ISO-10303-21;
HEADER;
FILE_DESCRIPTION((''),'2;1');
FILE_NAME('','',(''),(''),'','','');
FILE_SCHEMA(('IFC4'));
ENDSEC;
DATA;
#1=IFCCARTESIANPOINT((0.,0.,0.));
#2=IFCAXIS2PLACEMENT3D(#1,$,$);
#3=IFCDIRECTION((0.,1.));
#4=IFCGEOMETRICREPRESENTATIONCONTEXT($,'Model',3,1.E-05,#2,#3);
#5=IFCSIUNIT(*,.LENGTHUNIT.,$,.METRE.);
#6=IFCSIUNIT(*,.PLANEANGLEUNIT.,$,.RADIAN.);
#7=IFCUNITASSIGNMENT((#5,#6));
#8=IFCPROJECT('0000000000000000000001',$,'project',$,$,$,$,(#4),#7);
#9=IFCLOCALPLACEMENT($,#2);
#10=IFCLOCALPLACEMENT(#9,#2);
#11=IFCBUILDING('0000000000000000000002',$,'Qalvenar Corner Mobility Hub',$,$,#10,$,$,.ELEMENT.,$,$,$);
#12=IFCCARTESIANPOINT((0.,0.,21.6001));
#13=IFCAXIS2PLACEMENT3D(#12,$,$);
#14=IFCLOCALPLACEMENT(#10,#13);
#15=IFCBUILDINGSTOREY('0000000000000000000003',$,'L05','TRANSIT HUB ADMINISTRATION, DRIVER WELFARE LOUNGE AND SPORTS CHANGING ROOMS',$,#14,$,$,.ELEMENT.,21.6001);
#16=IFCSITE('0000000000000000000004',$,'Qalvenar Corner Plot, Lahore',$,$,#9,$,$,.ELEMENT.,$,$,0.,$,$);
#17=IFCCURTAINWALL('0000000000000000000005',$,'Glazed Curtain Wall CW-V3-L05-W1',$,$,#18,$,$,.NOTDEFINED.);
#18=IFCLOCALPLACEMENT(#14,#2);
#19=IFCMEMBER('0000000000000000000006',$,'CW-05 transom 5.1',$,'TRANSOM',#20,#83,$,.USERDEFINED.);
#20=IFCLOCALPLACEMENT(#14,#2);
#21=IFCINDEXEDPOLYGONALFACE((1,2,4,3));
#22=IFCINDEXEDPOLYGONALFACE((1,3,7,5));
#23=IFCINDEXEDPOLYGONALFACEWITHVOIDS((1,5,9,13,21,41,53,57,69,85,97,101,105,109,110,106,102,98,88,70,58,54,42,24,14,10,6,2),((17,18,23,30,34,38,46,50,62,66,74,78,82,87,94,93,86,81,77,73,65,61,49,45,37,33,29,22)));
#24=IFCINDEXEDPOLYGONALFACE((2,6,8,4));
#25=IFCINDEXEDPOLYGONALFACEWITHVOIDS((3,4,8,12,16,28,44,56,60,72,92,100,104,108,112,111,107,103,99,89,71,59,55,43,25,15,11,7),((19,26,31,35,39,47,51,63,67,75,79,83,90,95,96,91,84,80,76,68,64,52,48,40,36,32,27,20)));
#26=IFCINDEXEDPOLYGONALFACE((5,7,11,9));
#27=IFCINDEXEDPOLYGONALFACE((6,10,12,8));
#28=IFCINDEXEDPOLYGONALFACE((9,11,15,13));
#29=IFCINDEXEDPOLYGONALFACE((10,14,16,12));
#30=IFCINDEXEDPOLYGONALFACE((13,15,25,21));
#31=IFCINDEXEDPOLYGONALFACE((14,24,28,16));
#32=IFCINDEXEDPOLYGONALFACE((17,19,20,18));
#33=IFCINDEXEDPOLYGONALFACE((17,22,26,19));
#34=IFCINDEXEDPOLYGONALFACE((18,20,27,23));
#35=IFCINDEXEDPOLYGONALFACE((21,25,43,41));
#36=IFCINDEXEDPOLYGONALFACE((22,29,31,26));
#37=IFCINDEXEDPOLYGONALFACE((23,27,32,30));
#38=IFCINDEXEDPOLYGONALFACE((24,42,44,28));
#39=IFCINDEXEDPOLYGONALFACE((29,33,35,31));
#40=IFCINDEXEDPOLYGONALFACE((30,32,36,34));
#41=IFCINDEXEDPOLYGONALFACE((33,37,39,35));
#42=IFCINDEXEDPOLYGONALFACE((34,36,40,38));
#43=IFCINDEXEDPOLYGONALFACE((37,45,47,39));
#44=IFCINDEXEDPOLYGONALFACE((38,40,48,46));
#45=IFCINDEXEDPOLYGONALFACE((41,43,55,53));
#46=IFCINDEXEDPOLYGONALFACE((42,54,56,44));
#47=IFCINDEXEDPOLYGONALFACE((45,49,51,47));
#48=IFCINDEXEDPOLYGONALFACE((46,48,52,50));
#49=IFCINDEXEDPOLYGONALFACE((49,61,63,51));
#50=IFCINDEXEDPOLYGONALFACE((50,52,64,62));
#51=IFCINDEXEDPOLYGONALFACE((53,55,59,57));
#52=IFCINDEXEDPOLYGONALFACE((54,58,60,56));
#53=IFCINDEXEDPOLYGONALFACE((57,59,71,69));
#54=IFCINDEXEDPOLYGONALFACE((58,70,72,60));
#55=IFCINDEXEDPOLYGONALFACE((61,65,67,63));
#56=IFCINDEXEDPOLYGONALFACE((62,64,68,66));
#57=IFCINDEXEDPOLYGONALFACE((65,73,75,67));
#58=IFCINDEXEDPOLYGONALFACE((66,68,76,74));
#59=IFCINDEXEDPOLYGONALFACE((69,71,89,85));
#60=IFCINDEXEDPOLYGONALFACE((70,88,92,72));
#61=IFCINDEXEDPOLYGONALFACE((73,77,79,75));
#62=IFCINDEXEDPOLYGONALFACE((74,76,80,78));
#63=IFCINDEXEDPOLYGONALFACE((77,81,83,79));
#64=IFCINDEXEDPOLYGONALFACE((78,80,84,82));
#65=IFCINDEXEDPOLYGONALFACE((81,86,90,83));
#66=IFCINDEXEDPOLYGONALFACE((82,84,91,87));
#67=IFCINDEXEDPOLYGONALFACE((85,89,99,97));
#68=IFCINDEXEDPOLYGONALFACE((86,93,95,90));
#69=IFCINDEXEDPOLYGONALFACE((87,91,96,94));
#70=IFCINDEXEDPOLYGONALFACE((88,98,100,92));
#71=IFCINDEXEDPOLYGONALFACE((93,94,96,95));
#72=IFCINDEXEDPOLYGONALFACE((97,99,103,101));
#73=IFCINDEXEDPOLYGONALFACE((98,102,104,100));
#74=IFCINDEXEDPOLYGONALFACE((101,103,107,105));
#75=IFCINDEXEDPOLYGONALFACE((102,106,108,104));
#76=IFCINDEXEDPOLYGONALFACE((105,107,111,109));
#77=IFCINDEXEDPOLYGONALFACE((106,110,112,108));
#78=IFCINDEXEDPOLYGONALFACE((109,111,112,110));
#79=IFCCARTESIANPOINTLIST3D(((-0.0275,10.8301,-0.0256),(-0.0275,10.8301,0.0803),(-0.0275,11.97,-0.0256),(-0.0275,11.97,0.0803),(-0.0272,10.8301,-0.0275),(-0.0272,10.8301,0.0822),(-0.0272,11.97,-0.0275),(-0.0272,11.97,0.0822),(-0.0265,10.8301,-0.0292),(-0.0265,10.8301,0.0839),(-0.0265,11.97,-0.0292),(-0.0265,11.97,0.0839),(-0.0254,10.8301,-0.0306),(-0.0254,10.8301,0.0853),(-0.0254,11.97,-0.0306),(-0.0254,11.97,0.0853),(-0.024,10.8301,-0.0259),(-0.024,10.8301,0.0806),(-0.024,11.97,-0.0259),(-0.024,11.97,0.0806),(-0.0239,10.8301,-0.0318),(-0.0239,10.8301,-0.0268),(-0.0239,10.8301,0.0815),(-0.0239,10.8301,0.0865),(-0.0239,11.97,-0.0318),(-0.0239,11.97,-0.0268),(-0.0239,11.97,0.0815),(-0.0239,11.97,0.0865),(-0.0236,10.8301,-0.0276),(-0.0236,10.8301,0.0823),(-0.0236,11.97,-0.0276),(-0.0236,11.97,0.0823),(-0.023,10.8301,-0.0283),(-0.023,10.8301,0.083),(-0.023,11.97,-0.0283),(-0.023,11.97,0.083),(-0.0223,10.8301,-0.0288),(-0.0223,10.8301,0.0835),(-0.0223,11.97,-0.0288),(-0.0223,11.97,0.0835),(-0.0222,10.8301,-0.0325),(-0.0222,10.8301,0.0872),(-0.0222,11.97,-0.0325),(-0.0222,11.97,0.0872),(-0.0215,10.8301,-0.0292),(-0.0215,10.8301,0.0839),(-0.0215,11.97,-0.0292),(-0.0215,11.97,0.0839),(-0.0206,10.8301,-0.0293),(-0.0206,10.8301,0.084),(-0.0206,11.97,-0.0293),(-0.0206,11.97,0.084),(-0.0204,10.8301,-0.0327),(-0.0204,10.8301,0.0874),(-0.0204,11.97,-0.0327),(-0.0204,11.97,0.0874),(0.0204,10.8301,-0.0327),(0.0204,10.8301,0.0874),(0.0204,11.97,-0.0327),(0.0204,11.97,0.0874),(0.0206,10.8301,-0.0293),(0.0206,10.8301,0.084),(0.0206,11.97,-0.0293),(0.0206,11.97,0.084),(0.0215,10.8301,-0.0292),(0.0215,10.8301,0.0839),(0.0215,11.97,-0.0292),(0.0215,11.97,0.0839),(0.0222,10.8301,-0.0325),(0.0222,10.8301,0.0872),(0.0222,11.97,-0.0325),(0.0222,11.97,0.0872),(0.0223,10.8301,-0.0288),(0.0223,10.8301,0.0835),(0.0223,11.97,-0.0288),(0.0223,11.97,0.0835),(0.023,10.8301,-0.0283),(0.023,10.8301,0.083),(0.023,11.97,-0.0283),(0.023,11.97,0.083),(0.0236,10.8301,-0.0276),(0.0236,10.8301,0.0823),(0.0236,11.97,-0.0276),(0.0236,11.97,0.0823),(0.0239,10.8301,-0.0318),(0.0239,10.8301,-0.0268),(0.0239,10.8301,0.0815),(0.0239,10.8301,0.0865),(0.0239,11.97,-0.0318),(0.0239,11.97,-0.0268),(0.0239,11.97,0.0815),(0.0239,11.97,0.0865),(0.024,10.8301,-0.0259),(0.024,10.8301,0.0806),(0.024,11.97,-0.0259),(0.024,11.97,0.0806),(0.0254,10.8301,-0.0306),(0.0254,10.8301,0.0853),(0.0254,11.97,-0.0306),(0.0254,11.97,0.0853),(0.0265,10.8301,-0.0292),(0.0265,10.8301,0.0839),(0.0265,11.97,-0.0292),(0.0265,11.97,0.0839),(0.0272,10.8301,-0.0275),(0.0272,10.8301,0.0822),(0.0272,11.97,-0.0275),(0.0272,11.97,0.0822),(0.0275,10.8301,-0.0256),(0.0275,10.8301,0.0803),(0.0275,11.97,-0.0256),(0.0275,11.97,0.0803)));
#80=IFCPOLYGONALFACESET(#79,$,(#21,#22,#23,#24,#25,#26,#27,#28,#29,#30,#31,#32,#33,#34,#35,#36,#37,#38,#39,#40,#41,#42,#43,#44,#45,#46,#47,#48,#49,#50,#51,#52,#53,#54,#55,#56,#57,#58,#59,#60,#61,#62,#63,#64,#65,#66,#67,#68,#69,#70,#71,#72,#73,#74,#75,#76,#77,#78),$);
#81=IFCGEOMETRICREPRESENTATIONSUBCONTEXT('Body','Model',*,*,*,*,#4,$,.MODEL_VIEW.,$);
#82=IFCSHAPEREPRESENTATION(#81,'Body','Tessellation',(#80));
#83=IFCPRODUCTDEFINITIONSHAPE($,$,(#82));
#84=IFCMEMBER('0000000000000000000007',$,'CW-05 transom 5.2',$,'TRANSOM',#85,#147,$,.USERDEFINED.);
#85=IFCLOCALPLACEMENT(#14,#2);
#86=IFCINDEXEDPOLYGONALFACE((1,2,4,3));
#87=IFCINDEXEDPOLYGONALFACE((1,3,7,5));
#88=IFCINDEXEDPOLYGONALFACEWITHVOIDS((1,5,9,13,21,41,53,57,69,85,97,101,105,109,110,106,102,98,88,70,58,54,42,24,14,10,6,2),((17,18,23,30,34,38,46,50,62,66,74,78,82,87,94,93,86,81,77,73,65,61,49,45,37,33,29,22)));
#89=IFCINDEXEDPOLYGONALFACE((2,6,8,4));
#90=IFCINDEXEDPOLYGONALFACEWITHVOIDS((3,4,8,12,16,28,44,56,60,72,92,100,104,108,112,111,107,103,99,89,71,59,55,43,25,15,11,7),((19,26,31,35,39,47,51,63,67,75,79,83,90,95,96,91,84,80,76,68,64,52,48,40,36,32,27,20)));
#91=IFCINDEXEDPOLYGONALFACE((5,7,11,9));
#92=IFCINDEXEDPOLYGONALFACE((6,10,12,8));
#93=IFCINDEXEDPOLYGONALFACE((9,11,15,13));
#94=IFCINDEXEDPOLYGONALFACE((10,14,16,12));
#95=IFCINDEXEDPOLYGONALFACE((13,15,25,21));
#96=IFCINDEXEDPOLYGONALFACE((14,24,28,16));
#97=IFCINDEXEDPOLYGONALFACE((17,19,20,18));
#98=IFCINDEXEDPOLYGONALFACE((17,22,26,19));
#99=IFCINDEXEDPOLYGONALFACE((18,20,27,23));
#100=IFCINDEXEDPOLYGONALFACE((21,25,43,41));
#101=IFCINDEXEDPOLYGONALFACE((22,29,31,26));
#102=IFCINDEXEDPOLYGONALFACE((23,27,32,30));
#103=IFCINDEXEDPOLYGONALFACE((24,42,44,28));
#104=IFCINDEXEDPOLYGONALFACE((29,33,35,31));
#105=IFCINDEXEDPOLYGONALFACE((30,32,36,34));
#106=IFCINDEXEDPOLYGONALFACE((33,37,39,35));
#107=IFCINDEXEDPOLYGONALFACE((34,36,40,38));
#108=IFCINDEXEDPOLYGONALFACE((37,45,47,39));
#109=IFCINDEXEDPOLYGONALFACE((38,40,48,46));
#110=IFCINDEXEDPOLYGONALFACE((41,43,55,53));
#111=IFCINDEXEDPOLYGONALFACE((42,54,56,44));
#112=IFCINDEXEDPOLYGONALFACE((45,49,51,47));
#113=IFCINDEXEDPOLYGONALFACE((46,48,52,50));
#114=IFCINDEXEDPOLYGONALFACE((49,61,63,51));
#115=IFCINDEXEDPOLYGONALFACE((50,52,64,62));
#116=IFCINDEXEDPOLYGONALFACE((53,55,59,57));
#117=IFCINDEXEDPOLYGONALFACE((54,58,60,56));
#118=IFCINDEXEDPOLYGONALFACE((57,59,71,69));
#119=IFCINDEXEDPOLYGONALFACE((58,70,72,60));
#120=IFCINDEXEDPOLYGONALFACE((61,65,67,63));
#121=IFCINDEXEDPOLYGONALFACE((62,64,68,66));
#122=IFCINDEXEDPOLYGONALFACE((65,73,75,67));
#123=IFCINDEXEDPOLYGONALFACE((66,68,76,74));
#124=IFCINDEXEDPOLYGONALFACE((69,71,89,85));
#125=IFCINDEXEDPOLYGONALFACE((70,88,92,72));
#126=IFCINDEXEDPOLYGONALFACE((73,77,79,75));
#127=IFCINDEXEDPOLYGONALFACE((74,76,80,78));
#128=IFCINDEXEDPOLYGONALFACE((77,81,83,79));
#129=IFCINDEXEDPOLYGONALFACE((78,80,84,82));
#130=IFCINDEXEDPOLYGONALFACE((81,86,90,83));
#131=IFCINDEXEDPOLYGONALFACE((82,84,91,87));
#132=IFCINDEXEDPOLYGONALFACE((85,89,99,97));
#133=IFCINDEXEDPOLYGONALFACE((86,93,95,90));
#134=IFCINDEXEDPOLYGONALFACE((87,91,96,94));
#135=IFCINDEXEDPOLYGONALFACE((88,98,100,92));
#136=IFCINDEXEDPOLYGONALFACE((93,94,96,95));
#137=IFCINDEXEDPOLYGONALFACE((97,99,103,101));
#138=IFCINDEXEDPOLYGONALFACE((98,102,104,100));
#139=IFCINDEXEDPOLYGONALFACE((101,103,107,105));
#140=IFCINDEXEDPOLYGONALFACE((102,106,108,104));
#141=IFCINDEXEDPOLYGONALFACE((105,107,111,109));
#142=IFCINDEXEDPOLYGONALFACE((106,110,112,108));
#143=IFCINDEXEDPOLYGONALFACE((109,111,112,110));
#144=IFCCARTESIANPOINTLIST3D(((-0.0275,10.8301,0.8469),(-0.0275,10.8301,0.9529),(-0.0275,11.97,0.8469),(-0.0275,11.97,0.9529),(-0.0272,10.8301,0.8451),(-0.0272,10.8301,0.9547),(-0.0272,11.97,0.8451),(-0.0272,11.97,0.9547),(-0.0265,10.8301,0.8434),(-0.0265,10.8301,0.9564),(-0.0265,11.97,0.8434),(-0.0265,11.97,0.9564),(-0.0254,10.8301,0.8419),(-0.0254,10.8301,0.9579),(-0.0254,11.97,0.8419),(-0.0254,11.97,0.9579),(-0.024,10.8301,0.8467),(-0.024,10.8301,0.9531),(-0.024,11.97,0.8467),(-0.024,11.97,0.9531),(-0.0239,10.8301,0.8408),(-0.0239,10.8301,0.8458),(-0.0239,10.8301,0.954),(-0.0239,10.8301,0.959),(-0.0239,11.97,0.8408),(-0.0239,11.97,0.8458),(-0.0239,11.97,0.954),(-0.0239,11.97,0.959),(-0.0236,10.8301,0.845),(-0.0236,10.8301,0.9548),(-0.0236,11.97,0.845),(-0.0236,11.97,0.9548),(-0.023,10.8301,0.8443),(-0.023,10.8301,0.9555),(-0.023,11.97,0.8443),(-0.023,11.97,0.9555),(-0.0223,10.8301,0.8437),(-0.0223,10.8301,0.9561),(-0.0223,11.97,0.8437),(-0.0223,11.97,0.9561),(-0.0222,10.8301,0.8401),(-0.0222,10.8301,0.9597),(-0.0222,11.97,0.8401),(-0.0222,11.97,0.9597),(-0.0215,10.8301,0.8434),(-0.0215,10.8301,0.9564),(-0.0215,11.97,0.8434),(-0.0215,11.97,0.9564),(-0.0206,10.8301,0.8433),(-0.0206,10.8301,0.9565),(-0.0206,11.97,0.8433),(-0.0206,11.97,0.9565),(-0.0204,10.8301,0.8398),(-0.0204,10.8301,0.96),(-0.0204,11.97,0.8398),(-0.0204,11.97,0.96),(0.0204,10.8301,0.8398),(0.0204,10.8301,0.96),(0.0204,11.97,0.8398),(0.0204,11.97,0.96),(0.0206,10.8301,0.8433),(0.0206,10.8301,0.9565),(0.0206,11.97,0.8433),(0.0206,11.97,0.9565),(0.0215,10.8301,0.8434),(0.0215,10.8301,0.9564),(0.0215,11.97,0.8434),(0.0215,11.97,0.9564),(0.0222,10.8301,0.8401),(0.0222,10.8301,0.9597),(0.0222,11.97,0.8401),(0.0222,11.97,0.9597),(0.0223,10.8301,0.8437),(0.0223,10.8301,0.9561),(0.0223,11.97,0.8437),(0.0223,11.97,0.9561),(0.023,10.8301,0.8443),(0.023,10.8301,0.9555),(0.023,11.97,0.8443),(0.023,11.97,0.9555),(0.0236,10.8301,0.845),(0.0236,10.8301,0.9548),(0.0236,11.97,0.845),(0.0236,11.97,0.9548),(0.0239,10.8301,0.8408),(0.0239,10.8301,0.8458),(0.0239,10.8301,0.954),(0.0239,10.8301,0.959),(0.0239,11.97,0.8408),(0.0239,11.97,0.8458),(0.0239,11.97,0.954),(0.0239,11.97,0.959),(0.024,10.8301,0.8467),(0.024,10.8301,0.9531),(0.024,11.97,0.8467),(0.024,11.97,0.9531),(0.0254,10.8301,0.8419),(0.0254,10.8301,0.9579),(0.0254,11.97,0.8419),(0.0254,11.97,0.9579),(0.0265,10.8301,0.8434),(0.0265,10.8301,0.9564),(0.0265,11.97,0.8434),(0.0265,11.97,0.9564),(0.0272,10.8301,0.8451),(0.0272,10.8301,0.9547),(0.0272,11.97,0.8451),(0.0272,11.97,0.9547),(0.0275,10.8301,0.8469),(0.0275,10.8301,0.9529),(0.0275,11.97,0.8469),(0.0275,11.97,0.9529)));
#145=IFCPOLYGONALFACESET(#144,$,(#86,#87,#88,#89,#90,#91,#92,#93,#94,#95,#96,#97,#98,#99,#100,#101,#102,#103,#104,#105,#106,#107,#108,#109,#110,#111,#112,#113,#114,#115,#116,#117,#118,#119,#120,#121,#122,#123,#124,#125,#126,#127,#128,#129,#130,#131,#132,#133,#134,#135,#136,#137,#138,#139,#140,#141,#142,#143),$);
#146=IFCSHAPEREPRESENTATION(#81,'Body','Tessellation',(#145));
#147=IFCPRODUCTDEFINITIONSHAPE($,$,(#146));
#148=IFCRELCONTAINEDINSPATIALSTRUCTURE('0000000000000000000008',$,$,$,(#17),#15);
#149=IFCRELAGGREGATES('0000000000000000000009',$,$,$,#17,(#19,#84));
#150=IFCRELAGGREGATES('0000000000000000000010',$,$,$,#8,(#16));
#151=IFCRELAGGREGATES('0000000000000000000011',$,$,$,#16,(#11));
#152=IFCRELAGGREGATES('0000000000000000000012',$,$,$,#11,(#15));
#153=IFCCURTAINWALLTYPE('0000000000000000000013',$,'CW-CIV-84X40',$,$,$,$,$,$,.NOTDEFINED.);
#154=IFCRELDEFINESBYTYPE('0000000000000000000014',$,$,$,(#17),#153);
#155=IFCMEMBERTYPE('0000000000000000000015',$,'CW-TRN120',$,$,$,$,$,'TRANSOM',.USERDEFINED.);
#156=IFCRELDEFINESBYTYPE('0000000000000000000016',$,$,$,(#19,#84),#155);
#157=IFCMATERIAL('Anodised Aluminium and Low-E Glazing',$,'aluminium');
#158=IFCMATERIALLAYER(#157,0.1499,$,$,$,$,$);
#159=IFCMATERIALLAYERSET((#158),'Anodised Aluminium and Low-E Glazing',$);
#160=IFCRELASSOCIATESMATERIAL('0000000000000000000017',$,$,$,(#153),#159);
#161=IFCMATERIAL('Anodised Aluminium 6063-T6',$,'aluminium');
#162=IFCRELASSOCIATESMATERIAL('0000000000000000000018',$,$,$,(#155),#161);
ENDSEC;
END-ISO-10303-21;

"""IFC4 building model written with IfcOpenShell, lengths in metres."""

from ifc_helpers import new_model, si_unit, direction, frame, origin, origin_2d, place, context, subcontext, project, spatial, hollow_rectangle, extrude, material, layer, layer_set, material_profile, profile_set, type_object, element, aggregate, save


model = new_model("IFC4")

# Units and contexts
model_context = context("Model", 3, precision=1e-05, world=origin(), true_north=direction((0.0, 1.0)))
body_context = subcontext(model_context, "Body", "Model", "MODEL_VIEW")
ifc_project = project(units=[si_unit("LENGTHUNIT", "METRE"), si_unit("PLANEANGLEUNIT", "RADIAN")], contexts=[model_context])

# Site, building, storey
site_placement = place(None, origin())
site = spatial("IfcSite", under=ifc_project, at=site_placement, Name="Qalvenar Corner Plot, Lahore", CompositionType="ELEMENT", RefElevation=0.0)
building_placement = place(site_placement, origin())
building = spatial("IfcBuilding", under=site, at=building_placement, Name="Qalvenar Corner Mobility Hub", CompositionType="ELEMENT")
storey_placement = place(building_placement, frame((0.0, 0.0, 21.6001)))
storey = spatial("IfcBuildingStorey", under=building, at=storey_placement, Name="L05", Description="TRANSIT HUB ADMINISTRATION, DRIVER WELFARE LOUNGE AND SPORTS CHANGING ROOMS", CompositionType="ELEMENT", Elevation=21.6001)

# Curtain wall, members
ifc_material_1 = material(Name="Anodised Aluminium and Low-E Glazing", Category="aluminium")
ifc_layer_1 = layer(ifc_material_1, 0.1499)
ifc_layer_set_1 = layer_set([ifc_layer_1], Name="Anodised Aluminium and Low-E Glazing")
curtain_wall_type = type_object("IfcCurtainWallType", Name="CW-CIV-84X40", PredefinedType="NOTDEFINED", material=ifc_layer_set_1)
curtain_wall_placement = place(storey_placement, origin())
curtain_wall = element("IfcCurtainWall", 1, at=curtain_wall_placement, inside=storey, type_object=curtain_wall_type, Name="Glazed Curtain Wall CW-V3-L05-W1", PredefinedType="NOTDEFINED")
ifc_material_2 = material(Name="Anodised Aluminium 6063-T6", Category="aluminium")
ifc_material_profile_1 = material_profile(ifc_material_2, hollow_rectangle(XDim=0.0549, YDim=0.1201, WallThickness=0.0034, InnerFilletRadius=0.0034, OuterFilletRadius=0.0071, at=origin_2d()), Name="RHS120x55x3.5")
ifc_profile_set_1 = profile_set([ifc_material_profile_1], Name="Anodised Aluminium 6063-T6")
member_type_1 = type_object("IfcMemberType", Name="CW-TRN120", ElementType="TRANSOM", PredefinedType="USERDEFINED", material=ifc_profile_set_1)
member_1_placement = place(storey_placement, frame((0.0, 11.97, 0.0273), z_axis=(0.0, -1.0, 0.0), x_axis=(1.0, 0.0, 0.0)))
member_1 = element("IfcMember", 2, at=member_1_placement, type_object=member_type_1, Name="CW-05 transom 5.1", ObjectType="TRANSOM", PredefinedType="USERDEFINED", context=body_context, shape_type="SweptSolid", body=[
    extrude(hollow_rectangle(XDim=0.0549, YDim=0.1201, WallThickness=0.0034, InnerFilletRadius=0.0034, OuterFilletRadius=0.0071, at=origin_2d()), origin(), (0.0, 0.0, 1.0), 1.1399),
])
member_2_placement = place(storey_placement, frame((0.0, 11.97, 0.8999), z_axis=(0.0, -1.0, 0.0), x_axis=(1.0, 0.0, 0.0)))
member_2 = element("IfcMember", 3, at=member_2_placement, type_object=member_type_1, Name="CW-05 transom 5.2", ObjectType="TRANSOM", PredefinedType="USERDEFINED", context=body_context, shape_type="SweptSolid", body=[
    extrude(hollow_rectangle(XDim=0.0549, YDim=0.1201, WallThickness=0.0034, InnerFilletRadius=0.0034, OuterFilletRadius=0.0071, at=origin_2d()), origin(), (0.0, 0.0, 1.0), 1.1399),
])
aggregate(curtain_wall, [member_1, member_2])

save(model, "model.ifc")
